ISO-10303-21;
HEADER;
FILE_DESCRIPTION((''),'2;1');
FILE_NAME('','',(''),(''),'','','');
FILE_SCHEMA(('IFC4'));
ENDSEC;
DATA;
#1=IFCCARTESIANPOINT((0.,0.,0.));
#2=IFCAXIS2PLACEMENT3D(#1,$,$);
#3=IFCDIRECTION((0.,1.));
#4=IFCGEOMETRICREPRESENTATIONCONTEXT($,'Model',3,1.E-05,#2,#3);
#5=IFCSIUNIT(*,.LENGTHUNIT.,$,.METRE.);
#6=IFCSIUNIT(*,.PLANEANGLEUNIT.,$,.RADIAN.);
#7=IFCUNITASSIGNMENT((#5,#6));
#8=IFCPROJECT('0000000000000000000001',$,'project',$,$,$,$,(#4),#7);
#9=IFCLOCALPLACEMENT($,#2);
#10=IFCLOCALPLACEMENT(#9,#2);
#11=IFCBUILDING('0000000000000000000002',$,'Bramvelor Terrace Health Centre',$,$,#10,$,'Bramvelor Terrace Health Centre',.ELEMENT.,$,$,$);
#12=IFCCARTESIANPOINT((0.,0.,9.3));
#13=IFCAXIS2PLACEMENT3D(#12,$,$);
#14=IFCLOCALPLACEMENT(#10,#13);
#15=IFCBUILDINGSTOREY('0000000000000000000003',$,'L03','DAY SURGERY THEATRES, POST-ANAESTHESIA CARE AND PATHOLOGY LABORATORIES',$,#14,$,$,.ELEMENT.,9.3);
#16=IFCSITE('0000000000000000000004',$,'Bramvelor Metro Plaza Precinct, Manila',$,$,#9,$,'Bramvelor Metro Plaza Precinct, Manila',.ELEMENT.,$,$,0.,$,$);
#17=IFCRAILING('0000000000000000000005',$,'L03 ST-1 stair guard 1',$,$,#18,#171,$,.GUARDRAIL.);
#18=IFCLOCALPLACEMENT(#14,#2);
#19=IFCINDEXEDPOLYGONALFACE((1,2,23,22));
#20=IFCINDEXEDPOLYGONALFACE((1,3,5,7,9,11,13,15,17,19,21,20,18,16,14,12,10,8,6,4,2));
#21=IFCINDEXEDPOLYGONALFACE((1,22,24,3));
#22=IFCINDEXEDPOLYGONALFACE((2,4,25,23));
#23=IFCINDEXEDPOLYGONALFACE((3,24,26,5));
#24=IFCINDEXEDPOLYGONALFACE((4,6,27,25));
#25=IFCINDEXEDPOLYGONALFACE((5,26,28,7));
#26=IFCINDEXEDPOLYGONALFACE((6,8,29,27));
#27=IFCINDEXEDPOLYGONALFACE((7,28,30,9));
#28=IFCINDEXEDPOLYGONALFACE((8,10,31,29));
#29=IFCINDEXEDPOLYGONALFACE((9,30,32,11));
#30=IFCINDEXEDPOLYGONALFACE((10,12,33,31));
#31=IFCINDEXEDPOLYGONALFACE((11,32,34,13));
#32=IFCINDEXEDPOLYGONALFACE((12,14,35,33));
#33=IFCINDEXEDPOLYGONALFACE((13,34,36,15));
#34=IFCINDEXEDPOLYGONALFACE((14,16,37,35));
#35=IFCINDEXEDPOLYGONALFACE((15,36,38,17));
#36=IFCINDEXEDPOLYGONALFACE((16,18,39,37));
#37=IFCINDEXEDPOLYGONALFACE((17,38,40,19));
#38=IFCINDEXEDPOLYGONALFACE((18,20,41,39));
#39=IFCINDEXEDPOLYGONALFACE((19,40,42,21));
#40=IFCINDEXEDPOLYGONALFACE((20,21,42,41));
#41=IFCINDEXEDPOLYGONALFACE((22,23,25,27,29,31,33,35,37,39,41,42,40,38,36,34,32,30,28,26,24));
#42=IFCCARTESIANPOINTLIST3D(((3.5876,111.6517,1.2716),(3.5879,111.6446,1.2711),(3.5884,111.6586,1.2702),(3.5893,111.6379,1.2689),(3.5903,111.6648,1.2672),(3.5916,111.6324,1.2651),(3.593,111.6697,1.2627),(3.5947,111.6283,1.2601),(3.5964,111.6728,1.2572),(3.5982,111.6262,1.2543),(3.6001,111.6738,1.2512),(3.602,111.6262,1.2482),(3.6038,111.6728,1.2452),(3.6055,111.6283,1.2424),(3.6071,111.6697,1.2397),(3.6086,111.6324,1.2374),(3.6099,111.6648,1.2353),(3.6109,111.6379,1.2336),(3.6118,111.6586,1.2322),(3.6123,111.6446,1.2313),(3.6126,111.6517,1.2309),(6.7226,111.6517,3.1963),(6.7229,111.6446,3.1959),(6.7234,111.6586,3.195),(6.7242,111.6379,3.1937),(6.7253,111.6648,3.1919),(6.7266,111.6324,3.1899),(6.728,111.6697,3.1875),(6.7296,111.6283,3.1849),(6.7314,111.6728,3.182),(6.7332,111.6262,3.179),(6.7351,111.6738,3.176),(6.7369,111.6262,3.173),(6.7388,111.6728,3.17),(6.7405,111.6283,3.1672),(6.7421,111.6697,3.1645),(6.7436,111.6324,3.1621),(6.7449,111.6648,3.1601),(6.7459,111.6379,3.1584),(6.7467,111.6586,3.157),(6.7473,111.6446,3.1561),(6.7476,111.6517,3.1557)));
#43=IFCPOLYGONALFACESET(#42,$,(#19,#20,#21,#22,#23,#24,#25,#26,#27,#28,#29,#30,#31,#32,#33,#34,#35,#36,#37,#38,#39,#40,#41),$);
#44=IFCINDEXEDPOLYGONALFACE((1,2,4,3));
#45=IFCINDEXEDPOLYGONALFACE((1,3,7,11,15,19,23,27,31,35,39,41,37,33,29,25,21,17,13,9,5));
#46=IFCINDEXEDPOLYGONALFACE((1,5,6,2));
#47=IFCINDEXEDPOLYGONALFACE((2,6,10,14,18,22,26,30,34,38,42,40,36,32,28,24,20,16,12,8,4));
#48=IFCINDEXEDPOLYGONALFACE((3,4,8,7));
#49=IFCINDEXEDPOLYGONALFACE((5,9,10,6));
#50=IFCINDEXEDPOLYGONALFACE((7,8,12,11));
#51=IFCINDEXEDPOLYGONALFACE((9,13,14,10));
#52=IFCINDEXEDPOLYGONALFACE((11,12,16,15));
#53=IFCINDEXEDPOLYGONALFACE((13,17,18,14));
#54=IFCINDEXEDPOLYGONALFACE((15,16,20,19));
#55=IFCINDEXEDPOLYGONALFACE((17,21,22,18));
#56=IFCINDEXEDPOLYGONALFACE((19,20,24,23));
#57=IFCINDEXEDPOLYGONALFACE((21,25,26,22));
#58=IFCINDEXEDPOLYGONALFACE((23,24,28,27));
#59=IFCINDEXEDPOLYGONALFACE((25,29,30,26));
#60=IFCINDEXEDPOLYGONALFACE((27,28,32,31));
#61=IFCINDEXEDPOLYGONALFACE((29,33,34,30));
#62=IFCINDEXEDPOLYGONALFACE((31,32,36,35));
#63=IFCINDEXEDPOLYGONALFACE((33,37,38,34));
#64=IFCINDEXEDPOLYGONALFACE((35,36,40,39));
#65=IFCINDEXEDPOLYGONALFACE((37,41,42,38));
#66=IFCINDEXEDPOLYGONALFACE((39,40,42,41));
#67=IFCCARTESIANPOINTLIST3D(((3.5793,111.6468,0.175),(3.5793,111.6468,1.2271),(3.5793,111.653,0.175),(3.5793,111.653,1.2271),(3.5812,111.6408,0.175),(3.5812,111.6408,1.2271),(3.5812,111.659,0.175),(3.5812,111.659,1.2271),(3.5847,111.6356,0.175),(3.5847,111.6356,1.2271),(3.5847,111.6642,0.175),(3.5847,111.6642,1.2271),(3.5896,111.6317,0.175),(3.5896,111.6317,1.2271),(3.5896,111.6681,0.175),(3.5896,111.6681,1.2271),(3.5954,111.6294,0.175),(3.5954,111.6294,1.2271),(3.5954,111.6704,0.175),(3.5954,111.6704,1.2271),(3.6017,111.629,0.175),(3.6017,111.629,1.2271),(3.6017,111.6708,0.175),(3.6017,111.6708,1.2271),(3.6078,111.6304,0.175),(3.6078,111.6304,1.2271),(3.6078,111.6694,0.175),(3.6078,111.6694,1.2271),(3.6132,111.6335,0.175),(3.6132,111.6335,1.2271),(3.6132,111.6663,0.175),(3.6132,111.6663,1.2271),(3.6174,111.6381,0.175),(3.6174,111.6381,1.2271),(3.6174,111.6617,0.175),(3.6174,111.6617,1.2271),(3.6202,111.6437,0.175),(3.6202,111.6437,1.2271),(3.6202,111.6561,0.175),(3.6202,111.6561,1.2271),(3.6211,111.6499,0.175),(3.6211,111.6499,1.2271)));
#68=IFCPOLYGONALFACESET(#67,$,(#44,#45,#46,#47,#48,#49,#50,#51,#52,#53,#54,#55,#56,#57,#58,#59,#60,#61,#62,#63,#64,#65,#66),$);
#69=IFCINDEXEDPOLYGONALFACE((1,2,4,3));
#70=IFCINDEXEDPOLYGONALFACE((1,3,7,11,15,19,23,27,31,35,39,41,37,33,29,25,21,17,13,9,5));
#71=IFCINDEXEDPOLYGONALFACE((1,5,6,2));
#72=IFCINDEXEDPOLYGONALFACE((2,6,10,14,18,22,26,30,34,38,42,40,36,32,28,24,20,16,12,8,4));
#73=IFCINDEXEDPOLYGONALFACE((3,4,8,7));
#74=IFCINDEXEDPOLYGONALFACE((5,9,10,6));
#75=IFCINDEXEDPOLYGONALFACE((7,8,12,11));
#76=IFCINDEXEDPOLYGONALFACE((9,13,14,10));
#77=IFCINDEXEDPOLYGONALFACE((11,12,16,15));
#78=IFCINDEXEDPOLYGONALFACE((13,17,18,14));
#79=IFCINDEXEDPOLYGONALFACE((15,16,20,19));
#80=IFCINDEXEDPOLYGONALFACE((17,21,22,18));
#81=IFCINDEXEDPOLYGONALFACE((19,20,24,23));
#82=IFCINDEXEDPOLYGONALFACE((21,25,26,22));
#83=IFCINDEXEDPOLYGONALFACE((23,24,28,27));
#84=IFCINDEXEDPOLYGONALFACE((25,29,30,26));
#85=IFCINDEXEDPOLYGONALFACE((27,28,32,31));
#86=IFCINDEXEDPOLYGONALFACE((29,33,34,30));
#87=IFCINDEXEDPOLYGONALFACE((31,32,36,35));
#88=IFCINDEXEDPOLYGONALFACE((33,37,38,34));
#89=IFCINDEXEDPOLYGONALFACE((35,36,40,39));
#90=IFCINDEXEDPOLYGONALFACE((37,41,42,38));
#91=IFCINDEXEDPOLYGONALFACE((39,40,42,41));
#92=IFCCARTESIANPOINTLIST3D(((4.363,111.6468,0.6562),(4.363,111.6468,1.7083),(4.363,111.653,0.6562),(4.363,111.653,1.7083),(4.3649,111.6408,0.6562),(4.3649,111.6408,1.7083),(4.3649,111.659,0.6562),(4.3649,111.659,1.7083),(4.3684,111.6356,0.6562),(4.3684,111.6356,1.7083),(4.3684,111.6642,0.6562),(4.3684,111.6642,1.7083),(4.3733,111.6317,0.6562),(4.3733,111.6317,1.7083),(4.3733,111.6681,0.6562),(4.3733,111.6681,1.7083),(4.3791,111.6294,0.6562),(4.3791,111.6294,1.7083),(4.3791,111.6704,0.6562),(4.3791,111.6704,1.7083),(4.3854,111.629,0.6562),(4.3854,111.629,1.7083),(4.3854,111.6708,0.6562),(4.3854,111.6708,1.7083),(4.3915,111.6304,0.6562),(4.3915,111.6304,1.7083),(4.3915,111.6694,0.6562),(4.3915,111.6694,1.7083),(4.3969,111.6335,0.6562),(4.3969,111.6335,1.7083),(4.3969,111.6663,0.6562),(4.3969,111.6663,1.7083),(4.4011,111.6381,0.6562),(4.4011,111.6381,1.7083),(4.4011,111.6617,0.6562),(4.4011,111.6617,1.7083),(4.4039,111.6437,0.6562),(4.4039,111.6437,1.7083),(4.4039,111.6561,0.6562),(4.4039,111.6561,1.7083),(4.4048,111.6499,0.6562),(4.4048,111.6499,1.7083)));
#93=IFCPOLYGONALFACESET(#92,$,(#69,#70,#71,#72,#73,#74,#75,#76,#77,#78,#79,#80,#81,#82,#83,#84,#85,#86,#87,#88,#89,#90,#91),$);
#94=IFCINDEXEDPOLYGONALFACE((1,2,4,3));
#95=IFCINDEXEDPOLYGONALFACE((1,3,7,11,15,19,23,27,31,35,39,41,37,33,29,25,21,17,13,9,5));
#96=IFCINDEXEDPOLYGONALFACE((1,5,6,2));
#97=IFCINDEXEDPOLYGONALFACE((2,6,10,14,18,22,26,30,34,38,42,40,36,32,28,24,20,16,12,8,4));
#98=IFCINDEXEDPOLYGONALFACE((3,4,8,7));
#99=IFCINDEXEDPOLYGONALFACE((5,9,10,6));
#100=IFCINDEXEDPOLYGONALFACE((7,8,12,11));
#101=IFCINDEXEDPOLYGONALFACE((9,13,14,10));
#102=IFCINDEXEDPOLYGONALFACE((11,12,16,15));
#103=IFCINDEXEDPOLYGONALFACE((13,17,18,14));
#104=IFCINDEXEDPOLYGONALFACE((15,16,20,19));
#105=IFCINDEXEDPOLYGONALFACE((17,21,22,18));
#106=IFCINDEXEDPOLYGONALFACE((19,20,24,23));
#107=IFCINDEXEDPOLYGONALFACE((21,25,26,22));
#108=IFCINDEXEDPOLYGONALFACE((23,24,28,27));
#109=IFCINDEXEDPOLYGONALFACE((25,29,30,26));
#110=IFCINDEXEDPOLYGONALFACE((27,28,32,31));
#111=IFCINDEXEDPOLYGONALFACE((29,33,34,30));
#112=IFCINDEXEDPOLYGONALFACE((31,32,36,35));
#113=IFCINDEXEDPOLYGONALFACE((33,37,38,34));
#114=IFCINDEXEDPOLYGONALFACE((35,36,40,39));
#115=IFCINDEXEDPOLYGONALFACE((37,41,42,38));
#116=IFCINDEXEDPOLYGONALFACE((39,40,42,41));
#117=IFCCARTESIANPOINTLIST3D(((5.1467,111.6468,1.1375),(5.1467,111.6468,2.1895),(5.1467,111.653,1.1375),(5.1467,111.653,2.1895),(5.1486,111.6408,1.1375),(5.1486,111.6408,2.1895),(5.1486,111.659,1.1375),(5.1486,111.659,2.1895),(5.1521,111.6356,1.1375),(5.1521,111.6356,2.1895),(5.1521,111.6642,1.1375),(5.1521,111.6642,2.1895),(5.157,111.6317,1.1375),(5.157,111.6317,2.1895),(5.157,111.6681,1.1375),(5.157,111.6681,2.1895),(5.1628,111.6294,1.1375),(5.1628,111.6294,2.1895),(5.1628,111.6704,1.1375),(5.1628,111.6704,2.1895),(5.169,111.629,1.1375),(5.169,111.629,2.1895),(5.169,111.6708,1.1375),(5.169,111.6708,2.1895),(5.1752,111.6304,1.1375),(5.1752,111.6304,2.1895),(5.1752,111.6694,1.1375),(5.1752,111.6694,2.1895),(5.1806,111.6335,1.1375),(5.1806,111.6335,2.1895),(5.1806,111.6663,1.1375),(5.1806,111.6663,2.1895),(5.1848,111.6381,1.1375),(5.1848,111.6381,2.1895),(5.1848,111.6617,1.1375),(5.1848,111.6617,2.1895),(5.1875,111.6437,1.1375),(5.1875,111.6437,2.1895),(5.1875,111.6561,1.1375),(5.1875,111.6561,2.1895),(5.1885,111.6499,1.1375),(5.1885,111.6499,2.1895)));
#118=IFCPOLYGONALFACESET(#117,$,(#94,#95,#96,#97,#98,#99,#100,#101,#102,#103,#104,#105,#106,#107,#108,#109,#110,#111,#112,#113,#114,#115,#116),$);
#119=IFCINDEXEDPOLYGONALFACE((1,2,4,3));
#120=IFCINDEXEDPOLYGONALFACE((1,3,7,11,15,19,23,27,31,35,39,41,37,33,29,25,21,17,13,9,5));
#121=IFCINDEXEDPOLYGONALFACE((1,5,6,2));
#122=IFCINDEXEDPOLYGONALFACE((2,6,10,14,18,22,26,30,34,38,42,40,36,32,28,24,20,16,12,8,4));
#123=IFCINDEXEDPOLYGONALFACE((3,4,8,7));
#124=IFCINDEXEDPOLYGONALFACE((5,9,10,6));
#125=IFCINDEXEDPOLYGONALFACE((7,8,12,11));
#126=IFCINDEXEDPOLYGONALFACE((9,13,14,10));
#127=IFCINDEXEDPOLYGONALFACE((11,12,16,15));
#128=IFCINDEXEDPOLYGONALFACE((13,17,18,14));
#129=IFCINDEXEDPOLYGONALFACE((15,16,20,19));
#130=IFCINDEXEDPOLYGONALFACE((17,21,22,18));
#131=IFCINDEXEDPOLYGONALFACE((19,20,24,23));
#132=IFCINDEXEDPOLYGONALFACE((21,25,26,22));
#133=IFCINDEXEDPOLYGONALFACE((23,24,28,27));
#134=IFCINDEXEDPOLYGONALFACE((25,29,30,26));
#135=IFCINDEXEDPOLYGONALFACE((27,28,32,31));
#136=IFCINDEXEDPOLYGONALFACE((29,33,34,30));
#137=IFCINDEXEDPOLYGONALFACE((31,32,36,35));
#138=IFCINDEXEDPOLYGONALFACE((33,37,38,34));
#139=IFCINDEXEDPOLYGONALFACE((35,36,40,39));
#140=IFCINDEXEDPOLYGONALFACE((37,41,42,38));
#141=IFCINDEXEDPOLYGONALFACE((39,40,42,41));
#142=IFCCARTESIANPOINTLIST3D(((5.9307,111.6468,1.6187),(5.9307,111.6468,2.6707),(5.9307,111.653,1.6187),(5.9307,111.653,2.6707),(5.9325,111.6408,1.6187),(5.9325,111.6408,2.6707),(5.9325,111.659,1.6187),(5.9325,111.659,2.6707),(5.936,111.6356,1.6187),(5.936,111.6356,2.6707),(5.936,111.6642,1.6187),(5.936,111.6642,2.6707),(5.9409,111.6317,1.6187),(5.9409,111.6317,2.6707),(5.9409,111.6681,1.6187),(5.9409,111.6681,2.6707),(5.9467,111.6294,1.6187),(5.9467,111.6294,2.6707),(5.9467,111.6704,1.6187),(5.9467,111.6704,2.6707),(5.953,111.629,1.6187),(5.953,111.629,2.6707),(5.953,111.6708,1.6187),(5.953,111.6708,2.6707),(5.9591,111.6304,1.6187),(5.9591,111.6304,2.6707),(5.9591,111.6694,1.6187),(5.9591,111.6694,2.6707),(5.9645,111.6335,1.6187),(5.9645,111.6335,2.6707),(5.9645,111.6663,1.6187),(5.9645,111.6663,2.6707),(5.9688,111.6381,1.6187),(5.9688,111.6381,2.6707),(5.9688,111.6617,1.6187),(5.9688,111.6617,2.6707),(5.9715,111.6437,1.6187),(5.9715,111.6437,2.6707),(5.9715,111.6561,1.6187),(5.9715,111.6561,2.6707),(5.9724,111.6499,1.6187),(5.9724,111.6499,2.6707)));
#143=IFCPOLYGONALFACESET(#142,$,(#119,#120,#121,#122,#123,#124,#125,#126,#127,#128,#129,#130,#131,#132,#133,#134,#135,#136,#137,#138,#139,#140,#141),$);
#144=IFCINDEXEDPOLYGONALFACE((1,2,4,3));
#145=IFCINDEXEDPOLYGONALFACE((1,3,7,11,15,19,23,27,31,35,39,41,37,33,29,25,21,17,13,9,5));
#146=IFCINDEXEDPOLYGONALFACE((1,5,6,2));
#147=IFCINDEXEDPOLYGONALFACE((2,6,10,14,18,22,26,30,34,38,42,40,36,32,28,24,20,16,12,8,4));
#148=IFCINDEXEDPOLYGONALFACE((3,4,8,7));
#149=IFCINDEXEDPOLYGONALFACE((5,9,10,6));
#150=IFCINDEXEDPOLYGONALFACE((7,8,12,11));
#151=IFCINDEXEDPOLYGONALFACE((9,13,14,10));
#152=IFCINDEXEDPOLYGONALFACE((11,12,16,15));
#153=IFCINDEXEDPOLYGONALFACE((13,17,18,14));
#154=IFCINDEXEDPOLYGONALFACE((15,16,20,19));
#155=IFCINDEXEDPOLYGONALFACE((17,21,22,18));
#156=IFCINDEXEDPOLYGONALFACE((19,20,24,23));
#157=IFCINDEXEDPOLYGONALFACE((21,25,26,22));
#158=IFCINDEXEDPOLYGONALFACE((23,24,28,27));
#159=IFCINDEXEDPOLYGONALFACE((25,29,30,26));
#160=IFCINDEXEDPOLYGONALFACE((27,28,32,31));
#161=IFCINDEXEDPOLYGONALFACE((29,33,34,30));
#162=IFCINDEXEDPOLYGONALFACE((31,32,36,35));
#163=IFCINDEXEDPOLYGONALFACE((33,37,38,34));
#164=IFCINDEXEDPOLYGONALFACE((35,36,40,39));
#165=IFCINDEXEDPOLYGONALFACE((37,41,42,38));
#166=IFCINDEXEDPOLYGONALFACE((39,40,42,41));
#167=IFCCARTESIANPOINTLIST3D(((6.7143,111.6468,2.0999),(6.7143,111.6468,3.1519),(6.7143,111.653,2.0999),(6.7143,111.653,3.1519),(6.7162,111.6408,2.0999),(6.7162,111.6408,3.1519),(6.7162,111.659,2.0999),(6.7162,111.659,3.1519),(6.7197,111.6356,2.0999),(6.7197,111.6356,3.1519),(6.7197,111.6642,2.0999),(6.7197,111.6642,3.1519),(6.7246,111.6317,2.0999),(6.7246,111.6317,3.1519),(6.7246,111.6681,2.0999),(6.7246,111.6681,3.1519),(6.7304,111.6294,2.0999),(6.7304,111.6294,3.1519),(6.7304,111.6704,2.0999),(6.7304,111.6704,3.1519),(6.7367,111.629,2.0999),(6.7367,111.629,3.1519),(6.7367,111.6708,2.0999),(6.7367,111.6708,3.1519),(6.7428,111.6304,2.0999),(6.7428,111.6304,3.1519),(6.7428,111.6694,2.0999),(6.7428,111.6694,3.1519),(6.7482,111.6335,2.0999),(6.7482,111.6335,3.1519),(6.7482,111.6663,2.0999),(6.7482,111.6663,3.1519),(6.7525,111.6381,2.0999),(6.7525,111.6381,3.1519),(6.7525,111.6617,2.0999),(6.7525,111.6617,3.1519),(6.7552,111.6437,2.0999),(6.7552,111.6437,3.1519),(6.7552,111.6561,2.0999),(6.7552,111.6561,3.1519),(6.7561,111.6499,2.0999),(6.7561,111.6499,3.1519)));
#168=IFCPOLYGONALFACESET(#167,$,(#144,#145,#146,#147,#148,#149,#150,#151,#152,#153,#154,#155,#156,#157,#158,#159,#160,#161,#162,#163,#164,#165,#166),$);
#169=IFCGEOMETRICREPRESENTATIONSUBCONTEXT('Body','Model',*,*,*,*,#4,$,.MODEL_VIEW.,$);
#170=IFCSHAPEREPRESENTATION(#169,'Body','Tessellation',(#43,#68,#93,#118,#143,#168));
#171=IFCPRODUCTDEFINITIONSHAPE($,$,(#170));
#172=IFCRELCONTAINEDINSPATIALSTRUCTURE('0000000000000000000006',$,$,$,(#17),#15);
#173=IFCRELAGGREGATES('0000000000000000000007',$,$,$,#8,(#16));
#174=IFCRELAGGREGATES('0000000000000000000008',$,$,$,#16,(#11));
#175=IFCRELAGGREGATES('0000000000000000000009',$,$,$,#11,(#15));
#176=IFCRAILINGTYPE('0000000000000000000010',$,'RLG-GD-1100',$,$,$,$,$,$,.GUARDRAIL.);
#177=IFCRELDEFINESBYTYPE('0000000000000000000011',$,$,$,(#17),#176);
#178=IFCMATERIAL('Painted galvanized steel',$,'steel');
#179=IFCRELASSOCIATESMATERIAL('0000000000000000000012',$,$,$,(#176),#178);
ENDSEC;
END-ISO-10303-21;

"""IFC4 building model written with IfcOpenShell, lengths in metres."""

from ifc_helpers import new_model, si_unit, direction, frame, origin, origin_2d, place, context, subcontext, project, spatial, circle, extrude, material, type_object, element, save


model = new_model("IFC4")

# Units and contexts
model_context = context("Model", 3, precision=1e-05, world=origin(), true_north=direction((0.0, 1.0)))
body_context = subcontext(model_context, "Body", "Model", "MODEL_VIEW")
ifc_project = project(units=[si_unit("LENGTHUNIT", "METRE"), si_unit("PLANEANGLEUNIT", "RADIAN")], contexts=[model_context])

# Site, building, storey
site_placement = place(None, origin())
site = spatial("IfcSite", under=ifc_project, at=site_placement, Name="Bramvelor Metro Plaza Precinct, Manila", LongName="Bramvelor Metro Plaza Precinct, Manila", CompositionType="ELEMENT", RefElevation=0.0)
building_placement = place(site_placement, origin())
building = spatial("IfcBuilding", under=site, at=building_placement, Name="Bramvelor Terrace Health Centre", LongName="Bramvelor Terrace Health Centre", CompositionType="ELEMENT")
storey_placement = place(building_placement, frame((0.0, 0.0, 9.3)))
storey = spatial("IfcBuildingStorey", under=building, at=storey_placement, Name="L03", Description="DAY SURGERY THEATRES, POST-ANAESTHESIA CARE AND PATHOLOGY LABORATORIES", CompositionType="ELEMENT", Elevation=9.3)

# Railing
ifc_material_1 = material(Name="Painted galvanized steel", Category="steel")
railing_type_1 = type_object("IfcRailingType", Name="RLG-GD-1100", PredefinedType="GUARDRAIL", material=ifc_material_1)
railing_1_placement = place(storey_placement, frame((3.6001, 111.6499, 0.175)))
element("IfcRailing", 1, at=railing_1_placement, inside=storey, type_object=railing_type_1, Name="L03 ST-1 stair guard 1", PredefinedType="GUARDRAIL", context=body_context, shape_type="SweptSolid", body=[
    extrude(circle(Radius=0.0239, at=origin_2d()), frame((0.0, 0.0, 1.0762), z_axis=(0.852196, 0.0, 0.523223), x_axis=(0.0, 1.0, 0.0)), (0.0, 0.0, 1.0), 3.6787),
    extrude(circle(Radius=0.021, at=origin_2d()), origin(), (0.0, 0.0, 1.0), 1.052),
    extrude(circle(Radius=0.021, at=origin_2d()), frame((0.7837, 0.0, 0.4812)), (0.0, 0.0, 1.0), 1.052),
    extrude(circle(Radius=0.021, at=origin_2d()), frame((1.5674, 0.0, 0.9624)), (0.0, 0.0, 1.0), 1.052),
    extrude(circle(Radius=0.021, at=origin_2d()), frame((2.3513, 0.0, 1.4436)), (0.0, 0.0, 1.0), 1.052),
    extrude(circle(Radius=0.021, at=origin_2d()), frame((3.135, 0.0, 1.9248)), (0.0, 0.0, 1.0), 1.052),
])

save(model, "model.ifc")
